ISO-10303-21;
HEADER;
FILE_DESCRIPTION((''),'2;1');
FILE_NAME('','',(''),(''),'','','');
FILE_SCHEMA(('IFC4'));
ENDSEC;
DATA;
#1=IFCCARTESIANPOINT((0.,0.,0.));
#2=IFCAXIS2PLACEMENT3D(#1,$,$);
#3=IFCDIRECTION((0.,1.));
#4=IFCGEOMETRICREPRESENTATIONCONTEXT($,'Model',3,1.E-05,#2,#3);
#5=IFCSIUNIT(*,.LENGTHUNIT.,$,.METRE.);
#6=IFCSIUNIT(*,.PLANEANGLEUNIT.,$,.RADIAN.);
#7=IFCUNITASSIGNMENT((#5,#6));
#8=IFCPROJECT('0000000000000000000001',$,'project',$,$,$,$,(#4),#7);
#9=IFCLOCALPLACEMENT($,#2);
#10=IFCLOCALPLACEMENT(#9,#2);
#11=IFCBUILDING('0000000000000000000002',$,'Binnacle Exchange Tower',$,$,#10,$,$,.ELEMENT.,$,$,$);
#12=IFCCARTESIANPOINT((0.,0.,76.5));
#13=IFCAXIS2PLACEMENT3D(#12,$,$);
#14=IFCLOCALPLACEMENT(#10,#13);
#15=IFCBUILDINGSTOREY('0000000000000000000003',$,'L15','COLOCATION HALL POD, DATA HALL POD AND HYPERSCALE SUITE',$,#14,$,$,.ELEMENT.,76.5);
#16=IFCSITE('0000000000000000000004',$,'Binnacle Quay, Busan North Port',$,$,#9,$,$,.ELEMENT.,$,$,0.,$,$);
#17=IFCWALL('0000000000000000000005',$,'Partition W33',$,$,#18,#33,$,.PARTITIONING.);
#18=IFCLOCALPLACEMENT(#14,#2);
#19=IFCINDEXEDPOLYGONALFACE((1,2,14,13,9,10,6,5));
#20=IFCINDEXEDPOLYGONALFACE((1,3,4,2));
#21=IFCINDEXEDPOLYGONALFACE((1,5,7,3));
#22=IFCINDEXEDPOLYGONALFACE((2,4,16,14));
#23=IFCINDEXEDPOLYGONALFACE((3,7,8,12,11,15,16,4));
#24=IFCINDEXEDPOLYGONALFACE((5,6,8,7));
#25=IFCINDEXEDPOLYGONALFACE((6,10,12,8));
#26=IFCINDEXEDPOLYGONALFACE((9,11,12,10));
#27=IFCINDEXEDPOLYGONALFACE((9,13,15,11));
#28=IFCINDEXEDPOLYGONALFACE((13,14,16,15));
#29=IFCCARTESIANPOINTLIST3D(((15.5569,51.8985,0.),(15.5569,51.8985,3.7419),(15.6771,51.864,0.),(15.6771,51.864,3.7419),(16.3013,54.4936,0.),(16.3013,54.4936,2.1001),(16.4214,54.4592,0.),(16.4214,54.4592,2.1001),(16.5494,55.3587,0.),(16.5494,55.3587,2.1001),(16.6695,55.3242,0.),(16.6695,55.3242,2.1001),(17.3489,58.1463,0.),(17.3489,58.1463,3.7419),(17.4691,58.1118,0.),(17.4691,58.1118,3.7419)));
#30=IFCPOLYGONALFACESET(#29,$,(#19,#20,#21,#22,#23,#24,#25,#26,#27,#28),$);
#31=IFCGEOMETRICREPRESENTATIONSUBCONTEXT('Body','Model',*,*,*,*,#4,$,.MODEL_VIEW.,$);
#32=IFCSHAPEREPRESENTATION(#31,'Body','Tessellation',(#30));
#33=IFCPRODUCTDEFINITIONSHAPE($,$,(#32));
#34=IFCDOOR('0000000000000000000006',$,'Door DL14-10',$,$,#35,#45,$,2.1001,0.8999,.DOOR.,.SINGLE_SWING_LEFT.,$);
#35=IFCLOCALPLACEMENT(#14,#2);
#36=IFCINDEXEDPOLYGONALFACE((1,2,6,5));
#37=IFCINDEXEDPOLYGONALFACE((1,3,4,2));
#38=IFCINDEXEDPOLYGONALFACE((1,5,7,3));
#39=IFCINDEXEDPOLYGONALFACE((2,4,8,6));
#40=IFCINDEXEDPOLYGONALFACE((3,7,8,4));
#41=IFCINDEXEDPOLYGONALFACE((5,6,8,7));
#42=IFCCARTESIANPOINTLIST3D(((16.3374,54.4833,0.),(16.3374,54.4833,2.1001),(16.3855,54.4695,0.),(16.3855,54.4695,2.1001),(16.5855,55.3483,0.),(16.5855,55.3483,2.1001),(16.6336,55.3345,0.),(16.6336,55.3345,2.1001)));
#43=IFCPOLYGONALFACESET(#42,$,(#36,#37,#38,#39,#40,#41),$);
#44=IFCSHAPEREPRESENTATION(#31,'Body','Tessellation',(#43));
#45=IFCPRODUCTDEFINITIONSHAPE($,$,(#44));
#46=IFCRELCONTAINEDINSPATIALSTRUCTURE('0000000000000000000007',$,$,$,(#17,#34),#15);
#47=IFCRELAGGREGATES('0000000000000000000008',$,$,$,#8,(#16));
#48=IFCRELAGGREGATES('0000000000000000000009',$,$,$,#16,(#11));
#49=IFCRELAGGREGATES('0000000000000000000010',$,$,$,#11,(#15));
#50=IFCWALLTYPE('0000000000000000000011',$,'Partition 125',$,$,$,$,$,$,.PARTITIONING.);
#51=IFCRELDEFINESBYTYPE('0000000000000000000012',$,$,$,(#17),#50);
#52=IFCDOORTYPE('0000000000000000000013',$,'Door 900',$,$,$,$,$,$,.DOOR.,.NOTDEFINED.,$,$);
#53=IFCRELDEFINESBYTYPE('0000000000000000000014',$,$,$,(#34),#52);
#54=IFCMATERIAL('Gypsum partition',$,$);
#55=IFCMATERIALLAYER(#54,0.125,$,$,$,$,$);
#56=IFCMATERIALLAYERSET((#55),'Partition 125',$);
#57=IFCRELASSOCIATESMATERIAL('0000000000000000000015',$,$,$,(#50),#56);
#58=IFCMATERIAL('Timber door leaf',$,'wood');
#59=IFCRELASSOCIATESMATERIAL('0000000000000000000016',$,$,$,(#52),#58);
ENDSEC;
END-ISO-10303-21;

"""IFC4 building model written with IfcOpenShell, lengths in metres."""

from ifc_helpers import new_model, si_unit, direction, frame, frame_2d, origin, place, context, subcontext, project, spatial, rectangle, extrude, material, layer, layer_set, type_object, element, fill, save


model = new_model("IFC4")

# Units and contexts
model_context = context("Model", 3, precision=1e-05, world=origin(), true_north=direction((0.0, 1.0)))
body_context = subcontext(model_context, "Body", "Model", "MODEL_VIEW")
ifc_project = project(units=[si_unit("LENGTHUNIT", "METRE"), si_unit("PLANEANGLEUNIT", "RADIAN")], contexts=[model_context])

# Site, building, storey
site_placement = place(None, origin())
site = spatial("IfcSite", under=ifc_project, at=site_placement, Name="Binnacle Quay, Busan North Port", CompositionType="ELEMENT", RefElevation=0.0)
building_placement = place(site_placement, origin())
building = spatial("IfcBuilding", under=site, at=building_placement, Name="Binnacle Exchange Tower", CompositionType="ELEMENT")
storey_placement = place(building_placement, frame((0.0, 0.0, 76.5)))
storey = spatial("IfcBuildingStorey", under=building, at=storey_placement, Name="L15", Description="COLOCATION HALL POD, DATA HALL POD AND HYPERSCALE SUITE", CompositionType="ELEMENT", Elevation=76.5)

# Shared definitions
ifc_material_1 = material(Name="Gypsum partition")
ifc_layer_1 = layer(ifc_material_1, 0.125)
ifc_layer_set_1 = layer_set([ifc_layer_1], Name="Partition 125")
wall_type_1 = type_object("IfcWallType", Name="Partition 125", PredefinedType="PARTITIONING", material=ifc_layer_set_1)

# Shared definitions
ifc_material_2 = material(Name="Timber door leaf", Category="wood")
door_type_1 = type_object("IfcDoorType", Name="Door 900", OperationType="NOTDEFINED", PredefinedType="DOOR", material=ifc_material_2)

# Wall, opening, door
wall_1_placement = place(storey_placement, frame((15.6169, 51.8811, 0.0), z_axis=(0.0, 0.0, 1.0), x_axis=(0.275703, 0.961243, 0.0)))
wall_1 = element("IfcWall", 1, at=wall_1_placement, inside=storey, type_object=wall_type_1, Name="Partition W33", PredefinedType="PARTITIONING", context=body_context, shape_type="SweptSolid", body=[
    extrude(rectangle(XDim=6.4998, YDim=0.125, at=frame_2d((3.25, 0.0))), origin(), (0.0, 0.0, 1.0), 3.7419),
])
opening_1_placement = place(wall_1_placement, frame((2.7, 0.0, 0.0)))
opening_1 = element("IfcOpeningElement", 2, at=opening_1_placement, cuts=wall_1, PredefinedType="OPENING", context=body_context, shape_type="SweptSolid", body=[
    extrude(rectangle(XDim=0.8999, YDim=2.1001, at=frame_2d((0.45, 1.05))), frame((0.0, 0.0725, 0.0), z_axis=(0.0, -1.0, 0.0), x_axis=(1.0, 0.0, 0.0)), (0.0, 0.0, 1.0), 0.145),
])
door_1_placement = place(opening_1_placement, origin())
door_1 = element("IfcDoor", 3, at=door_1_placement, inside=storey, type_object=door_type_1, Name="Door DL14-10", OperationType="SINGLE_SWING_LEFT", OverallHeight=2.1001, OverallWidth=0.8999, PredefinedType="DOOR", context=body_context, shape_type="SweptSolid", body=[
    extrude(rectangle(XDim=0.8999, YDim=2.1001, at=frame_2d((0.45, 1.05))), frame((0.0, 0.0249, 0.0), z_axis=(0.0, -1.0, 0.0), x_axis=(1.0, 0.0, 0.0)), (0.0, 0.0, 1.0), 0.05),
])
fill(opening_1, door_1)

save(model, "model.ifc")
